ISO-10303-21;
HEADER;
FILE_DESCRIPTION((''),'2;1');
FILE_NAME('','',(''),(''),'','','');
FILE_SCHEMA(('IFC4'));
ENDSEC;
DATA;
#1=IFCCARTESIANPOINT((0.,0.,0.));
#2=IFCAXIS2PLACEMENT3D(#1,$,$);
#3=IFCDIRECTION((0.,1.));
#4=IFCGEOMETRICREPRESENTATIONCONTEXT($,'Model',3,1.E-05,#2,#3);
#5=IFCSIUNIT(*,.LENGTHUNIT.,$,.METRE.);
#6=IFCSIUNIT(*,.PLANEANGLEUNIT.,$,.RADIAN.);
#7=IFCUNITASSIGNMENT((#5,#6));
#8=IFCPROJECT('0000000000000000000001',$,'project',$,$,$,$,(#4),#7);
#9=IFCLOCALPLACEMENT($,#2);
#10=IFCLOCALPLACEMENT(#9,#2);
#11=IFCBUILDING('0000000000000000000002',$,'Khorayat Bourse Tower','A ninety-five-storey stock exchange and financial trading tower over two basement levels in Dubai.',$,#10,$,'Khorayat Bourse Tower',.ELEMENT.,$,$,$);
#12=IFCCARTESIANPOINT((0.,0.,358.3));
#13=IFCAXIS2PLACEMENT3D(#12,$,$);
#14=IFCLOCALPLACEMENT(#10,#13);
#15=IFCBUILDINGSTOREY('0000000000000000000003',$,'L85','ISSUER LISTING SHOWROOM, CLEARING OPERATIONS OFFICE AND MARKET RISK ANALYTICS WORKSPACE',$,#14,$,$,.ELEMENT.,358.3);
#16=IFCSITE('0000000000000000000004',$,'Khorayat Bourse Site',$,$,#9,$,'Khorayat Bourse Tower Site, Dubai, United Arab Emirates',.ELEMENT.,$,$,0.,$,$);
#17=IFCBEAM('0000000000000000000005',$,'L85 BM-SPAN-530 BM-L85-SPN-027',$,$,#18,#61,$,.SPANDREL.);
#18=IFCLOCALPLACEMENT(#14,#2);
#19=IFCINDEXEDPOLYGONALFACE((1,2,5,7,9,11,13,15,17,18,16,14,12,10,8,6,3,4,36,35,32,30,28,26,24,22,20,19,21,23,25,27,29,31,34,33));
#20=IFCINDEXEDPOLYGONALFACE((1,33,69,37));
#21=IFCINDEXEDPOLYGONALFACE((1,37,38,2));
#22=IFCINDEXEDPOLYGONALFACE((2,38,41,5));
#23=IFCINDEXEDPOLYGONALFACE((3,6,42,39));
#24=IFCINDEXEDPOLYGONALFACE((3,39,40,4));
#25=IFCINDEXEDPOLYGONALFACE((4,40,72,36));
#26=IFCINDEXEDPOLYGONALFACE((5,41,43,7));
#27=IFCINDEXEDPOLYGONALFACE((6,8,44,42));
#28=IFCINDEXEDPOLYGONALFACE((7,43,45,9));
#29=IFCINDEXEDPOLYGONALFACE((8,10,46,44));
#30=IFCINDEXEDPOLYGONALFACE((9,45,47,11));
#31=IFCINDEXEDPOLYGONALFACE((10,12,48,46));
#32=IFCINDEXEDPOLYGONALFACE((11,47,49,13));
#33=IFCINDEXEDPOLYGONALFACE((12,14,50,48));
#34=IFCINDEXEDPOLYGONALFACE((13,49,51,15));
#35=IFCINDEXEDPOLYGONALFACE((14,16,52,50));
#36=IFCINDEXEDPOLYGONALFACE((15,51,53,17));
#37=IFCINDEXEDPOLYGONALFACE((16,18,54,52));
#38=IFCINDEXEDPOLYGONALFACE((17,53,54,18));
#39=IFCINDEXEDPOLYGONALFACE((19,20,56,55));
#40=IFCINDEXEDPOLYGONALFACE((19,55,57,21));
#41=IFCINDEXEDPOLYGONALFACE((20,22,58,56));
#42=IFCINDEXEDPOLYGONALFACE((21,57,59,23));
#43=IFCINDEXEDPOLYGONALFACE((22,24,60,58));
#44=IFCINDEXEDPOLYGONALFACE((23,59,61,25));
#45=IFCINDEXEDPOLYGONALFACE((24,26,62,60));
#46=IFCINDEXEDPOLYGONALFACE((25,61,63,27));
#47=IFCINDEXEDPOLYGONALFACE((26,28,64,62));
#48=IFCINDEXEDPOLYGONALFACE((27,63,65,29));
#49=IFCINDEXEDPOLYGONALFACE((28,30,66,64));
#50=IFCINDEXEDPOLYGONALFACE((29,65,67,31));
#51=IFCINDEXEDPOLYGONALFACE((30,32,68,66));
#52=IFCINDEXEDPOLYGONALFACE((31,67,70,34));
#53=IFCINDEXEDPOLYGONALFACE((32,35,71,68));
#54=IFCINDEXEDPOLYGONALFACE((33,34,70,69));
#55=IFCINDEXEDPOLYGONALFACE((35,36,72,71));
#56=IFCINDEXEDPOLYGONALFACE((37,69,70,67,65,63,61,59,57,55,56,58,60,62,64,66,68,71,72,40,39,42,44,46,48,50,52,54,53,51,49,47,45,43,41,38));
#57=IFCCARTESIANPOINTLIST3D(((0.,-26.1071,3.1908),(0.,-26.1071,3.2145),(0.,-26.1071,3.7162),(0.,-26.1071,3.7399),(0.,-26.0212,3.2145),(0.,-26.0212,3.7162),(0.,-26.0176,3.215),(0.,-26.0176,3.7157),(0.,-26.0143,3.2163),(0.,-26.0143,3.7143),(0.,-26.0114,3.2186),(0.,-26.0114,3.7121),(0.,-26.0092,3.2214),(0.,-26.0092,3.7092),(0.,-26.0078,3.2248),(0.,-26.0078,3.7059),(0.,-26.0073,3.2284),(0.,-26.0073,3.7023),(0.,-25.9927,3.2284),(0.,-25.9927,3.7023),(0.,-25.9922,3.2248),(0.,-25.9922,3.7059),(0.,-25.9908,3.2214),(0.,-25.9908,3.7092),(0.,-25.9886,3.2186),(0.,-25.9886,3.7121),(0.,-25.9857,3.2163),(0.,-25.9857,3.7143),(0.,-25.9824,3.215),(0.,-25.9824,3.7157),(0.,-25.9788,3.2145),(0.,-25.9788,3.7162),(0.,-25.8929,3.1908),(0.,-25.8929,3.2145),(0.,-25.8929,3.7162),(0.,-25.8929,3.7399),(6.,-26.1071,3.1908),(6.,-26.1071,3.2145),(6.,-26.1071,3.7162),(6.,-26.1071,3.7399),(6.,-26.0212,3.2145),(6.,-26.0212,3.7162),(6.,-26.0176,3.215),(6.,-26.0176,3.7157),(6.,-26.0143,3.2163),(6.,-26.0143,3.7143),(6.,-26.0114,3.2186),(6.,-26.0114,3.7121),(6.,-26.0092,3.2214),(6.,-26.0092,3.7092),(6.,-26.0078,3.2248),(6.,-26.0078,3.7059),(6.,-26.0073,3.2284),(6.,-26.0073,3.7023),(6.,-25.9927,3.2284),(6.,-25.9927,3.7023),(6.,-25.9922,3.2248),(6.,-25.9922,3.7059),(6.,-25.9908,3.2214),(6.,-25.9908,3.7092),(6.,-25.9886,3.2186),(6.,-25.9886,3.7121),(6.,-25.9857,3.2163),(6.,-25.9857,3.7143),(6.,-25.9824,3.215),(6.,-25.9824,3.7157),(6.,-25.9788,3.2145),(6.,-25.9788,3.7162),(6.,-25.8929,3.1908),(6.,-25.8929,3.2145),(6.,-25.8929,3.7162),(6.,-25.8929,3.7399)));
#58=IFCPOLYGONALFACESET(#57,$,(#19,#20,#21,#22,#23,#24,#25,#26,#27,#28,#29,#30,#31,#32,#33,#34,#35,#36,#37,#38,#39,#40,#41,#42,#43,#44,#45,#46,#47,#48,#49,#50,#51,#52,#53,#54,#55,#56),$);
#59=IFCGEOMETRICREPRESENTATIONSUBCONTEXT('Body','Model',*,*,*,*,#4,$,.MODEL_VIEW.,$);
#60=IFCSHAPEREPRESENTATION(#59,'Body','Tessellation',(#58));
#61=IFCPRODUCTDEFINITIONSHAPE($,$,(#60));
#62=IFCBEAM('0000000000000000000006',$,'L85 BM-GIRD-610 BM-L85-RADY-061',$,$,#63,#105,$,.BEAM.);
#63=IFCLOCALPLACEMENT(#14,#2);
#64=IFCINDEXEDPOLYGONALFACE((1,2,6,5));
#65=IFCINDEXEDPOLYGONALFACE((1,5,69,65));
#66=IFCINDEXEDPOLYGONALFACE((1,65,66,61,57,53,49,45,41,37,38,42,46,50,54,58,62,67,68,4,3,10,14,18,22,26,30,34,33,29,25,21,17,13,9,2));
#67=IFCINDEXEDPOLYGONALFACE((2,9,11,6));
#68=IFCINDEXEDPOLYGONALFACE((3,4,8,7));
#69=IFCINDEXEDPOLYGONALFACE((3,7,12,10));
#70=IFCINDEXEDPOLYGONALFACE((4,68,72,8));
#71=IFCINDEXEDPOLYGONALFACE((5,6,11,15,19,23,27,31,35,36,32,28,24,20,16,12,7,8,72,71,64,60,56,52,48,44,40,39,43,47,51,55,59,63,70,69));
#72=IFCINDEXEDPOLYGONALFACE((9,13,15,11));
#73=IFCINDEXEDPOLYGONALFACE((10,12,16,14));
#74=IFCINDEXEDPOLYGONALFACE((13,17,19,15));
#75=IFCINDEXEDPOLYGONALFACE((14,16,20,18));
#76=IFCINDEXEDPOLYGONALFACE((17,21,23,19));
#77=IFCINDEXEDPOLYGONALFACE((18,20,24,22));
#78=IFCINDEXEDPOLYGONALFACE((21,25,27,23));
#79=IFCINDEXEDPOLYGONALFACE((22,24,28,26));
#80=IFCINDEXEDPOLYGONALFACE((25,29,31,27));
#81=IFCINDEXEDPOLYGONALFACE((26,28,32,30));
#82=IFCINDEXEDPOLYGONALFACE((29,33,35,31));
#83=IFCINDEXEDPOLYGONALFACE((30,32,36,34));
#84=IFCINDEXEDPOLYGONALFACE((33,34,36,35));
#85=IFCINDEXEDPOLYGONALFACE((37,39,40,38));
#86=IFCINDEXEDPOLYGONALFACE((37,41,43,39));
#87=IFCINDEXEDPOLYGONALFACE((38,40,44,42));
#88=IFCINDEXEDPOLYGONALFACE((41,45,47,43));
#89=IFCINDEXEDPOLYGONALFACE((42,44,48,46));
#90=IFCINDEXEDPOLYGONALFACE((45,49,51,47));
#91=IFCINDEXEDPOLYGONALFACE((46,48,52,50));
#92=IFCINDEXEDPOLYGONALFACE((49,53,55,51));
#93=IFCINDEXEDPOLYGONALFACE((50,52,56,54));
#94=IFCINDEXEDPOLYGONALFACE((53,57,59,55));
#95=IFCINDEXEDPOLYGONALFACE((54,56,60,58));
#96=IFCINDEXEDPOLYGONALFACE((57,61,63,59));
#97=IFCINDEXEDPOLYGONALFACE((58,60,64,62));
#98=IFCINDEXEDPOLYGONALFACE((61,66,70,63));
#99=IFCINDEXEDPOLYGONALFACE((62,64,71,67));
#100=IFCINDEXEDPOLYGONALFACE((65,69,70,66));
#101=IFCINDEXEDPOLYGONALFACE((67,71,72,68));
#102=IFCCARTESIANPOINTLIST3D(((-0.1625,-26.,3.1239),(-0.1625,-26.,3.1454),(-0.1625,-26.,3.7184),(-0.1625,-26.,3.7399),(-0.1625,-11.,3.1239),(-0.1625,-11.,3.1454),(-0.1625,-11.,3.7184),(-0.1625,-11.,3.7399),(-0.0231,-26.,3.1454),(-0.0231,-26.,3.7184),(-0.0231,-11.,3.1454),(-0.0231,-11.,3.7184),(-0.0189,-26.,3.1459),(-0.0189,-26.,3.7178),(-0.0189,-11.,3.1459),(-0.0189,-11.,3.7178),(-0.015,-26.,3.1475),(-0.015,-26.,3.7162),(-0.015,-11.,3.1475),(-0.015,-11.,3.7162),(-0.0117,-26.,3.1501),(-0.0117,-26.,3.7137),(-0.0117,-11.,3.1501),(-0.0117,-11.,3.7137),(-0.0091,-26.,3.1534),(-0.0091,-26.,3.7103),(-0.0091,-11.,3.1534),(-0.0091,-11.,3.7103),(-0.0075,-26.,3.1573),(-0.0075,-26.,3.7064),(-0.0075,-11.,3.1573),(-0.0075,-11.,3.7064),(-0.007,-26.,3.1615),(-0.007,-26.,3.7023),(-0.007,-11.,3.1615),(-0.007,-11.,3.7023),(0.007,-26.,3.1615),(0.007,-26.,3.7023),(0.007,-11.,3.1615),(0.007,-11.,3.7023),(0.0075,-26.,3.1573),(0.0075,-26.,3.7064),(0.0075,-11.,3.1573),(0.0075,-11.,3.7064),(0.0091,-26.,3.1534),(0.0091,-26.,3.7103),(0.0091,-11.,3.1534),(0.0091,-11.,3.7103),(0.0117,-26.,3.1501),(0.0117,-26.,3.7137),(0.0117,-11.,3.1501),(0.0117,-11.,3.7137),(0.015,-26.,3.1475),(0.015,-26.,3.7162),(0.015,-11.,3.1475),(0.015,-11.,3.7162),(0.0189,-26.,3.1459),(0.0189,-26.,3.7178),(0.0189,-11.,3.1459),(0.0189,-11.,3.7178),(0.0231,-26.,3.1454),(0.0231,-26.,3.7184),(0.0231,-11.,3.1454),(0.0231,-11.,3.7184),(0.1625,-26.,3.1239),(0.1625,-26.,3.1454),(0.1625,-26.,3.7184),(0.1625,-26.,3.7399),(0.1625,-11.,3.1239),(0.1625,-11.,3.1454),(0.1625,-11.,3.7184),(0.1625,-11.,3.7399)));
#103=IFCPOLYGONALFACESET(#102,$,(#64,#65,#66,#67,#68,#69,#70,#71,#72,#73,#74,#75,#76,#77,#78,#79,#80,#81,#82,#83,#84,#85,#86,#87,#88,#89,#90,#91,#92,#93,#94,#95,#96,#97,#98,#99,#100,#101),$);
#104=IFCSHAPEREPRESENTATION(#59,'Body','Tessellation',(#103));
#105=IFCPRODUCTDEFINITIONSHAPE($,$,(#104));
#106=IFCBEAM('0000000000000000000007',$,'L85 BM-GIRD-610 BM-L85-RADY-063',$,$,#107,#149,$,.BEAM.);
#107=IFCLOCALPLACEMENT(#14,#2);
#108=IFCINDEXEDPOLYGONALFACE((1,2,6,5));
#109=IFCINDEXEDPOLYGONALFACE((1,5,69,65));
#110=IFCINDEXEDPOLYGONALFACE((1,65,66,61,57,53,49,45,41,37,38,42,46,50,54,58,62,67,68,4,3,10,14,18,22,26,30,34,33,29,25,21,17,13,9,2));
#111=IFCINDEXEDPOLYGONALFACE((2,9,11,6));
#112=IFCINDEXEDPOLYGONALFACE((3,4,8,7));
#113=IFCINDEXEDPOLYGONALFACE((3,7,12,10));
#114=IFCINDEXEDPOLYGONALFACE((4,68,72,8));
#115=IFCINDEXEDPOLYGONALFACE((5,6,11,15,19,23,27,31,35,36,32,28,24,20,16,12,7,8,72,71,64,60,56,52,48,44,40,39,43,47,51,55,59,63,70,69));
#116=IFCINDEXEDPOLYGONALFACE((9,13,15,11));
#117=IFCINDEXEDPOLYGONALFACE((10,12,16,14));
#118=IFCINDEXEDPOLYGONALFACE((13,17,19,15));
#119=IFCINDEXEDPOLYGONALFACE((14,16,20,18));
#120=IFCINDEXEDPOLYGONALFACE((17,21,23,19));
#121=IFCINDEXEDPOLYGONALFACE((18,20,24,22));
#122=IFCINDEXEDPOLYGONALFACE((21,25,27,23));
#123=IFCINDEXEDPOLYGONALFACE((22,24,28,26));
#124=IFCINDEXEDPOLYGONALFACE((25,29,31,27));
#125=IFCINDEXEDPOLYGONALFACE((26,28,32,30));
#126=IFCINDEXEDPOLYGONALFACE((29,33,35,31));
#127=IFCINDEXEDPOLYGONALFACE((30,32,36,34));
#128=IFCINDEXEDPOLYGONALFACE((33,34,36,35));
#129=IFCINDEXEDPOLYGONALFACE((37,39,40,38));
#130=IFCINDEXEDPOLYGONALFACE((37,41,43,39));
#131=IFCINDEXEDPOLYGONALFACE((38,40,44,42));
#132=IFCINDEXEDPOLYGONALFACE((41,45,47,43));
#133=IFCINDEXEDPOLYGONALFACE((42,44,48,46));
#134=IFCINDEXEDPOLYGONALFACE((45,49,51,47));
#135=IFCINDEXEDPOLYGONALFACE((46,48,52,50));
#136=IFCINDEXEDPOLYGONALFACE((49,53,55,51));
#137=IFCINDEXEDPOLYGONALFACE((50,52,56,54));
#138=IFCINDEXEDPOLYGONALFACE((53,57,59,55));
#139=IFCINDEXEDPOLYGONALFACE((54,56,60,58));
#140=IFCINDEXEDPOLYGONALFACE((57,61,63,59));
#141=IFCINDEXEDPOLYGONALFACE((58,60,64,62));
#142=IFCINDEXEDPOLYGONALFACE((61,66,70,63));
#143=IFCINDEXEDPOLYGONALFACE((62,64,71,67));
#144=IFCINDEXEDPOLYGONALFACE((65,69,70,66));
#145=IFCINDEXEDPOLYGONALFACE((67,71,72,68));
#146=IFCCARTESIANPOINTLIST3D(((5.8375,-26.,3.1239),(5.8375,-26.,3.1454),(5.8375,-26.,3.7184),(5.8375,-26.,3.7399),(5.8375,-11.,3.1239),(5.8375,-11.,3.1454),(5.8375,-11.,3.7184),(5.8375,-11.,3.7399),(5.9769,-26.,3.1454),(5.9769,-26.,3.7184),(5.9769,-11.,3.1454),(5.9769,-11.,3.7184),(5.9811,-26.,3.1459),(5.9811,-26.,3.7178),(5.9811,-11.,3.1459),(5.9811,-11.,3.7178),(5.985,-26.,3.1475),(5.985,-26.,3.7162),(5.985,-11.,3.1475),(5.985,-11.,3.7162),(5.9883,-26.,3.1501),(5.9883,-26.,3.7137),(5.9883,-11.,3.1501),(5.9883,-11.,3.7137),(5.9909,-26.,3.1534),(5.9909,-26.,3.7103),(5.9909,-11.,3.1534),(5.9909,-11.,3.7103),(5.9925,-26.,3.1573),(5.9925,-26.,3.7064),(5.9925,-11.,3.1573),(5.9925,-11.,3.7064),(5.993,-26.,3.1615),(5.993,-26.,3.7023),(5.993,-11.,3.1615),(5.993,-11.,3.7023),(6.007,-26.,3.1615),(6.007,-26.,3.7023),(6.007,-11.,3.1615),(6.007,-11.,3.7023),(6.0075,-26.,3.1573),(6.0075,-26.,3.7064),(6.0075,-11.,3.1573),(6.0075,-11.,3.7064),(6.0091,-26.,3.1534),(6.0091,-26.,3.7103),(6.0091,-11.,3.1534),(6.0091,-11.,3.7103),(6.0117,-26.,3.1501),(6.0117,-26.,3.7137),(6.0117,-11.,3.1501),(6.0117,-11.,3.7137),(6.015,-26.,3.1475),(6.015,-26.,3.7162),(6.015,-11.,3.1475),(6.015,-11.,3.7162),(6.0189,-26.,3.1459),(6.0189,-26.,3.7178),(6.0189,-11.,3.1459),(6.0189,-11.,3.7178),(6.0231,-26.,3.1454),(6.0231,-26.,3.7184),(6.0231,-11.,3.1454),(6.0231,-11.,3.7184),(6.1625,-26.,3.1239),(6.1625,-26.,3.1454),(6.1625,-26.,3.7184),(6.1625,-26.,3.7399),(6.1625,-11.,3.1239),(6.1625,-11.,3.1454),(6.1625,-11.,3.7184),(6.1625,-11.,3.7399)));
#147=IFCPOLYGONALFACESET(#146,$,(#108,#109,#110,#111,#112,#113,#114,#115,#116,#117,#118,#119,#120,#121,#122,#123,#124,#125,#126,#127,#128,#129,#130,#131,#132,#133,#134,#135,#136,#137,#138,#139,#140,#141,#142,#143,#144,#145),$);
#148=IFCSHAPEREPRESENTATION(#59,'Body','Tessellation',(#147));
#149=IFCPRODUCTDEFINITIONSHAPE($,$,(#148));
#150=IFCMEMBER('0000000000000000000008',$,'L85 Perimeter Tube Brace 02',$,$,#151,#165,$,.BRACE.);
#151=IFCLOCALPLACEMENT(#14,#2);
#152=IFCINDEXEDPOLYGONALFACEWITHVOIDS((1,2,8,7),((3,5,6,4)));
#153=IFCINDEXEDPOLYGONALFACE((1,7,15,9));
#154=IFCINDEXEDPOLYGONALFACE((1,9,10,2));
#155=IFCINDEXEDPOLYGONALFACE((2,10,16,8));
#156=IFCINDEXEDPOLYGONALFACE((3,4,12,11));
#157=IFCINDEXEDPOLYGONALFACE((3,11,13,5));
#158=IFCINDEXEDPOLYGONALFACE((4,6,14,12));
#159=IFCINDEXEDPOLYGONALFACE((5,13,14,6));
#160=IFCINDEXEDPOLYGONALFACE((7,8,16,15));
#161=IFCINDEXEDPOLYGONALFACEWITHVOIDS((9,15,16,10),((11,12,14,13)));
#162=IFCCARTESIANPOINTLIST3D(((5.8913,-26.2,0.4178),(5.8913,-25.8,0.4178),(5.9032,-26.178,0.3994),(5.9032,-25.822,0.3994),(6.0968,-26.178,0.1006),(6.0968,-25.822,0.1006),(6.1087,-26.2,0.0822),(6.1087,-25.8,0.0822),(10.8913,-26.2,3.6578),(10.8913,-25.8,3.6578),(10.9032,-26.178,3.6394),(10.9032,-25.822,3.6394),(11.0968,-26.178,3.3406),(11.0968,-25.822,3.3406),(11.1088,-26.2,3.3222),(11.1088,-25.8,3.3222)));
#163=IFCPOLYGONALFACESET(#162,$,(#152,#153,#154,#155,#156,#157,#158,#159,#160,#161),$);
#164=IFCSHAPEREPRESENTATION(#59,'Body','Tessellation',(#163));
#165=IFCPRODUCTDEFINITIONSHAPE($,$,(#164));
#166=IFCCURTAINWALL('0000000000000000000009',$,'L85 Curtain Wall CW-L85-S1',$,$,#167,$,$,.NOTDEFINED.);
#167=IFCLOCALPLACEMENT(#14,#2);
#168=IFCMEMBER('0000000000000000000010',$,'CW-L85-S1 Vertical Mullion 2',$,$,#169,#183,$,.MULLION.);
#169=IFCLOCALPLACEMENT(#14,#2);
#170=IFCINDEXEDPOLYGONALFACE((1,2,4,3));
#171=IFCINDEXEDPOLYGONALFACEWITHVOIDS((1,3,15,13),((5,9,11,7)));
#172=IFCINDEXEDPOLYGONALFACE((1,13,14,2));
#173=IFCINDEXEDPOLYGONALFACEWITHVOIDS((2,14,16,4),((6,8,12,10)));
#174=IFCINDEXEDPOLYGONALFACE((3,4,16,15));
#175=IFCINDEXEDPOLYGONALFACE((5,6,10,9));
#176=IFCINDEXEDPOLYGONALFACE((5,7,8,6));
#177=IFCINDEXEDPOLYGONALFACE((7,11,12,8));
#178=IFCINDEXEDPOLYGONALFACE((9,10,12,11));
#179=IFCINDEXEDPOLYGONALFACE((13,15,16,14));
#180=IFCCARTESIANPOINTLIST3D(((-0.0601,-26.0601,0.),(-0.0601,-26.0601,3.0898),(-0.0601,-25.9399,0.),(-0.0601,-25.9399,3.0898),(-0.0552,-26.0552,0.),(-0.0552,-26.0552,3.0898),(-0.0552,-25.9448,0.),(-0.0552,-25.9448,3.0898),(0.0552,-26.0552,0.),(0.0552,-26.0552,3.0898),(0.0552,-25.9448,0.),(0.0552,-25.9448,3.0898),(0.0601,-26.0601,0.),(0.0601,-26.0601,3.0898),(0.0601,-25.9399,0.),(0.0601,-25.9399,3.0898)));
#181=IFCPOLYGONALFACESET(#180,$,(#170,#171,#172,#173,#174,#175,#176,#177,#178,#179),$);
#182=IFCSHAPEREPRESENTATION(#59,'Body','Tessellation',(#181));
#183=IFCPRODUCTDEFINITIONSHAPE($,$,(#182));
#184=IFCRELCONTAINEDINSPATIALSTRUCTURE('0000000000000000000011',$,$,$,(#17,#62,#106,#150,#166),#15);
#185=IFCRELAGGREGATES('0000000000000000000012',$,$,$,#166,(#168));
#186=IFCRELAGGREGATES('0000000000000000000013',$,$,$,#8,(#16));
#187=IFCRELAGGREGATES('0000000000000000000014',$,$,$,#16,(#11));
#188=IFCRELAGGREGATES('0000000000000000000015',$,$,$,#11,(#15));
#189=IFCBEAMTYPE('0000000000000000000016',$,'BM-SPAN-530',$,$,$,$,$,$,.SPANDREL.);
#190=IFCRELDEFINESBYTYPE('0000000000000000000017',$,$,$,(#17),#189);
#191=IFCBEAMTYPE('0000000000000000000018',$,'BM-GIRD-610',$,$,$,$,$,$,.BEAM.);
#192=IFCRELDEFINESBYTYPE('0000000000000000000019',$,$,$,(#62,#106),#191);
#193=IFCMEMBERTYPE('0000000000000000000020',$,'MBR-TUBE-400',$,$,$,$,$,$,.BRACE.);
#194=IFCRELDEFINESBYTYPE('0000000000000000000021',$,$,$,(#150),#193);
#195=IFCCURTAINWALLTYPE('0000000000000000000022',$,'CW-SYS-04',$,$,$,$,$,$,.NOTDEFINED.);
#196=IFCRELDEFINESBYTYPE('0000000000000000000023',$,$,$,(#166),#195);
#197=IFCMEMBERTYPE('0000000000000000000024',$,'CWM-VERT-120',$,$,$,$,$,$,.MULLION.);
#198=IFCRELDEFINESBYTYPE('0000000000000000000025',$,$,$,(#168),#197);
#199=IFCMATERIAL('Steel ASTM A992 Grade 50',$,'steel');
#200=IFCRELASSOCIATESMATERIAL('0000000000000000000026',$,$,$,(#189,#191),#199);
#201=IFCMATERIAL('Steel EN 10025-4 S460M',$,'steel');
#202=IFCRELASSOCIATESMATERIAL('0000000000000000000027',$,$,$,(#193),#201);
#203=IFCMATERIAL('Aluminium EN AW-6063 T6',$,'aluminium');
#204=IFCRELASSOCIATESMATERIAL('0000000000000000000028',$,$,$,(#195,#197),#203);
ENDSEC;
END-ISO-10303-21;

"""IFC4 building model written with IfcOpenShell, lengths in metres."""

from ifc_helpers import new_model, si_unit, direction, frame, origin, origin_2d, place, context, subcontext, project, spatial, hollow_rectangle, i_section, extrude, source, transform, mapped, material, material_profile, profile_set, type_object, element, aggregate, save


model = new_model("IFC4")

# Units and contexts
model_context = context("Model", 3, precision=1e-05, world=origin(), true_north=direction((0.0, 1.0)))
body_context = subcontext(model_context, "Body", "Model", "MODEL_VIEW")
ifc_project = project(units=[si_unit("LENGTHUNIT", "METRE"), si_unit("PLANEANGLEUNIT", "RADIAN")], contexts=[model_context])

# Site, building, storey
site_placement = place(None, origin())
site = spatial("IfcSite", under=ifc_project, at=site_placement, Name="Khorayat Bourse Site", LongName="Khorayat Bourse Tower Site, Dubai, United Arab Emirates", CompositionType="ELEMENT", RefElevation=0.0)
building_placement = place(site_placement, origin())
building = spatial("IfcBuilding", under=site, at=building_placement, Name="Khorayat Bourse Tower", Description="A ninety-five-storey stock exchange and financial trading tower over two basement levels in Dubai.", LongName="Khorayat Bourse Tower", CompositionType="ELEMENT")
storey_placement = place(building_placement, frame((0.0, 0.0, 358.3)))
storey = spatial("IfcBuildingStorey", under=building, at=storey_placement, Name="L85", Description="ISSUER LISTING SHOWROOM, CLEARING OPERATIONS OFFICE AND MARKET RISK ANALYTICS WORKSPACE", CompositionType="ELEMENT", Elevation=358.3)

# Beams
ifc_material_1 = material(Name="Steel ASTM A992 Grade 50", Category="steel")
ifc_material_profile_1 = material_profile(ifc_material_1, i_section(OverallWidth=0.2141, OverallDepth=0.5491, WebThickness=0.0146, FlangeThickness=0.0237, FilletRadius=0.0139, at=origin_2d()), Name="W530X138")
ifc_profile_set_1 = profile_set([ifc_material_profile_1], Name="Steel ASTM A992 Grade 50")
beam_type_1 = type_object("IfcBeamType", Name="BM-SPAN-530", PredefinedType="SPANDREL", material=ifc_profile_set_1)
shared_shape_1 = source(origin(), body_context, "Body", "SweptSolid", [
    extrude(i_section(OverallWidth=0.2141, OverallDepth=0.5491, WebThickness=0.0146, FlangeThickness=0.0237, FilletRadius=0.0139, at=origin_2d()), origin(), (0.0, 0.0, 1.0), 6.0),
])
beam_1_placement = place(storey_placement, frame((0.0, -26.0, 3.4653), z_axis=(1.0, 0.0, 0.0), x_axis=(0.0, 1.0, 0.0)))
element("IfcBeam", 1, at=beam_1_placement, inside=storey, type_object=beam_type_1, Name="L85 BM-SPAN-530 BM-L85-SPN-027", PredefinedType="SPANDREL", context=body_context, shape_type="MappedRepresentation", body=[
    mapped(shared_shape_1, transform((0.0, 0.0, 0.0), scale=1.0)),
])
ifc_material_profile_2 = material_profile(ifc_material_1, i_section(OverallWidth=0.325, OverallDepth=0.616, WebThickness=0.0139, FlangeThickness=0.0215, FilletRadius=0.0161, at=origin_2d()), Name="W610X174")
ifc_profile_set_2 = profile_set([ifc_material_profile_2], Name="Steel ASTM A992 Grade 50")
beam_type_2 = type_object("IfcBeamType", Name="BM-GIRD-610", PredefinedType="BEAM", material=ifc_profile_set_2)
shared_shape_2 = source(origin(), body_context, "Body", "SweptSolid", [
    extrude(i_section(OverallWidth=0.325, OverallDepth=0.616, WebThickness=0.0139, FlangeThickness=0.0215, FilletRadius=0.0161, at=origin_2d()), origin(), (0.0, 0.0, 1.0), 15.0),
])
for number, where, z_axis, x_axis, name in (
    (2, (0.0, -26.0, 3.4319), (0.0, 1.0, 0.0), (-1.0, 0.0, 0.0), "L85 BM-GIRD-610 BM-L85-RADY-061"),
    (3, (6.0, -26.0, 3.4319), (0.0, 1.0, 0.0), (-1.0, 0.0, 0.0), "L85 BM-GIRD-610 BM-L85-RADY-063"),
):
    element("IfcBeam", number, at=place(storey_placement, frame(where, z_axis=z_axis, x_axis=x_axis)), inside=storey, type_object=beam_type_2, Name=name, PredefinedType="BEAM", context=body_context, shape_type="MappedRepresentation", body=[
        mapped(shared_shape_2, transform((0.0, 0.0, 0.0), scale=1.0)),
    ])

# Member
ifc_material_2 = material(Name="Steel EN 10025-4 S460M", Category="steel")
ifc_material_profile_3 = material_profile(ifc_material_2, hollow_rectangle(XDim=0.3999, YDim=0.3999, WallThickness=0.022, at=origin_2d()), Name="HSS 400x400x22")
ifc_profile_set_3 = profile_set([ifc_material_profile_3], Name="Steel EN 10025-4 S460M")
member_type_1 = type_object("IfcMemberType", Name="MBR-TUBE-400", PredefinedType="BRACE", material=ifc_profile_set_3)
shared_shape_3 = source(origin(), body_context, "Body", "SweptSolid", [
    extrude(hollow_rectangle(XDim=0.3999, YDim=0.3999, WallThickness=0.022, at=origin_2d()), origin(), (0.0, 0.0, 1.0), 5.958),
])
member_1_placement = place(storey_placement, frame((6.0, -26.0, 0.25), z_axis=(0.83921, 0.0, 0.543807), x_axis=(0.0, 1.0, 0.0)))
element("IfcMember", 4, at=member_1_placement, inside=storey, type_object=member_type_1, Name="L85 Perimeter Tube Brace 02", PredefinedType="BRACE", context=body_context, shape_type="MappedRepresentation", body=[
    mapped(shared_shape_3, transform((0.0, 0.0, 0.0), scale=1.0)),
])

# Curtain wall, member
ifc_material_3 = material(Name="Aluminium EN AW-6063 T6", Category="aluminium")
curtain_wall_type = type_object("IfcCurtainWallType", Name="CW-SYS-04", PredefinedType="NOTDEFINED", material=ifc_material_3)
curtain_wall_placement = place(storey_placement, origin())
curtain_wall = element("IfcCurtainWall", 5, at=curtain_wall_placement, inside=storey, type_object=curtain_wall_type, Name="L85 Curtain Wall CW-L85-S1", PredefinedType="NOTDEFINED")
ifc_material_profile_4 = material_profile(ifc_material_3, hollow_rectangle(XDim=0.1201, YDim=0.1201, WallThickness=0.0049, at=origin_2d()), Name="ALU 120x120x5")
ifc_profile_set_4 = profile_set([ifc_material_profile_4], Name="Aluminium EN AW-6063 T6")
member_type_2 = type_object("IfcMemberType", Name="CWM-VERT-120", PredefinedType="MULLION", material=ifc_profile_set_4)
shared_shape_4 = source(origin(), body_context, "Body", "SweptSolid", [
    extrude(hollow_rectangle(XDim=0.1201, YDim=0.1201, WallThickness=0.0049, at=origin_2d()), origin(), (0.0, 0.0, 1.0), 3.0898),
])
member_2_placement = place(storey_placement, frame((0.0, -26.0, 0.0), z_axis=(0.0, 0.0, 1.0), x_axis=(0.0, 1.0, 0.0)))
member_2 = element("IfcMember", 6, at=member_2_placement, type_object=member_type_2, Name="CW-L85-S1 Vertical Mullion 2", PredefinedType="MULLION", context=body_context, shape_type="MappedRepresentation", body=[
    mapped(shared_shape_4, transform((0.0, 0.0, 0.0), scale=1.0)),
])

aggregate(curtain_wall, [member_2])

save(model, "model.ifc")
